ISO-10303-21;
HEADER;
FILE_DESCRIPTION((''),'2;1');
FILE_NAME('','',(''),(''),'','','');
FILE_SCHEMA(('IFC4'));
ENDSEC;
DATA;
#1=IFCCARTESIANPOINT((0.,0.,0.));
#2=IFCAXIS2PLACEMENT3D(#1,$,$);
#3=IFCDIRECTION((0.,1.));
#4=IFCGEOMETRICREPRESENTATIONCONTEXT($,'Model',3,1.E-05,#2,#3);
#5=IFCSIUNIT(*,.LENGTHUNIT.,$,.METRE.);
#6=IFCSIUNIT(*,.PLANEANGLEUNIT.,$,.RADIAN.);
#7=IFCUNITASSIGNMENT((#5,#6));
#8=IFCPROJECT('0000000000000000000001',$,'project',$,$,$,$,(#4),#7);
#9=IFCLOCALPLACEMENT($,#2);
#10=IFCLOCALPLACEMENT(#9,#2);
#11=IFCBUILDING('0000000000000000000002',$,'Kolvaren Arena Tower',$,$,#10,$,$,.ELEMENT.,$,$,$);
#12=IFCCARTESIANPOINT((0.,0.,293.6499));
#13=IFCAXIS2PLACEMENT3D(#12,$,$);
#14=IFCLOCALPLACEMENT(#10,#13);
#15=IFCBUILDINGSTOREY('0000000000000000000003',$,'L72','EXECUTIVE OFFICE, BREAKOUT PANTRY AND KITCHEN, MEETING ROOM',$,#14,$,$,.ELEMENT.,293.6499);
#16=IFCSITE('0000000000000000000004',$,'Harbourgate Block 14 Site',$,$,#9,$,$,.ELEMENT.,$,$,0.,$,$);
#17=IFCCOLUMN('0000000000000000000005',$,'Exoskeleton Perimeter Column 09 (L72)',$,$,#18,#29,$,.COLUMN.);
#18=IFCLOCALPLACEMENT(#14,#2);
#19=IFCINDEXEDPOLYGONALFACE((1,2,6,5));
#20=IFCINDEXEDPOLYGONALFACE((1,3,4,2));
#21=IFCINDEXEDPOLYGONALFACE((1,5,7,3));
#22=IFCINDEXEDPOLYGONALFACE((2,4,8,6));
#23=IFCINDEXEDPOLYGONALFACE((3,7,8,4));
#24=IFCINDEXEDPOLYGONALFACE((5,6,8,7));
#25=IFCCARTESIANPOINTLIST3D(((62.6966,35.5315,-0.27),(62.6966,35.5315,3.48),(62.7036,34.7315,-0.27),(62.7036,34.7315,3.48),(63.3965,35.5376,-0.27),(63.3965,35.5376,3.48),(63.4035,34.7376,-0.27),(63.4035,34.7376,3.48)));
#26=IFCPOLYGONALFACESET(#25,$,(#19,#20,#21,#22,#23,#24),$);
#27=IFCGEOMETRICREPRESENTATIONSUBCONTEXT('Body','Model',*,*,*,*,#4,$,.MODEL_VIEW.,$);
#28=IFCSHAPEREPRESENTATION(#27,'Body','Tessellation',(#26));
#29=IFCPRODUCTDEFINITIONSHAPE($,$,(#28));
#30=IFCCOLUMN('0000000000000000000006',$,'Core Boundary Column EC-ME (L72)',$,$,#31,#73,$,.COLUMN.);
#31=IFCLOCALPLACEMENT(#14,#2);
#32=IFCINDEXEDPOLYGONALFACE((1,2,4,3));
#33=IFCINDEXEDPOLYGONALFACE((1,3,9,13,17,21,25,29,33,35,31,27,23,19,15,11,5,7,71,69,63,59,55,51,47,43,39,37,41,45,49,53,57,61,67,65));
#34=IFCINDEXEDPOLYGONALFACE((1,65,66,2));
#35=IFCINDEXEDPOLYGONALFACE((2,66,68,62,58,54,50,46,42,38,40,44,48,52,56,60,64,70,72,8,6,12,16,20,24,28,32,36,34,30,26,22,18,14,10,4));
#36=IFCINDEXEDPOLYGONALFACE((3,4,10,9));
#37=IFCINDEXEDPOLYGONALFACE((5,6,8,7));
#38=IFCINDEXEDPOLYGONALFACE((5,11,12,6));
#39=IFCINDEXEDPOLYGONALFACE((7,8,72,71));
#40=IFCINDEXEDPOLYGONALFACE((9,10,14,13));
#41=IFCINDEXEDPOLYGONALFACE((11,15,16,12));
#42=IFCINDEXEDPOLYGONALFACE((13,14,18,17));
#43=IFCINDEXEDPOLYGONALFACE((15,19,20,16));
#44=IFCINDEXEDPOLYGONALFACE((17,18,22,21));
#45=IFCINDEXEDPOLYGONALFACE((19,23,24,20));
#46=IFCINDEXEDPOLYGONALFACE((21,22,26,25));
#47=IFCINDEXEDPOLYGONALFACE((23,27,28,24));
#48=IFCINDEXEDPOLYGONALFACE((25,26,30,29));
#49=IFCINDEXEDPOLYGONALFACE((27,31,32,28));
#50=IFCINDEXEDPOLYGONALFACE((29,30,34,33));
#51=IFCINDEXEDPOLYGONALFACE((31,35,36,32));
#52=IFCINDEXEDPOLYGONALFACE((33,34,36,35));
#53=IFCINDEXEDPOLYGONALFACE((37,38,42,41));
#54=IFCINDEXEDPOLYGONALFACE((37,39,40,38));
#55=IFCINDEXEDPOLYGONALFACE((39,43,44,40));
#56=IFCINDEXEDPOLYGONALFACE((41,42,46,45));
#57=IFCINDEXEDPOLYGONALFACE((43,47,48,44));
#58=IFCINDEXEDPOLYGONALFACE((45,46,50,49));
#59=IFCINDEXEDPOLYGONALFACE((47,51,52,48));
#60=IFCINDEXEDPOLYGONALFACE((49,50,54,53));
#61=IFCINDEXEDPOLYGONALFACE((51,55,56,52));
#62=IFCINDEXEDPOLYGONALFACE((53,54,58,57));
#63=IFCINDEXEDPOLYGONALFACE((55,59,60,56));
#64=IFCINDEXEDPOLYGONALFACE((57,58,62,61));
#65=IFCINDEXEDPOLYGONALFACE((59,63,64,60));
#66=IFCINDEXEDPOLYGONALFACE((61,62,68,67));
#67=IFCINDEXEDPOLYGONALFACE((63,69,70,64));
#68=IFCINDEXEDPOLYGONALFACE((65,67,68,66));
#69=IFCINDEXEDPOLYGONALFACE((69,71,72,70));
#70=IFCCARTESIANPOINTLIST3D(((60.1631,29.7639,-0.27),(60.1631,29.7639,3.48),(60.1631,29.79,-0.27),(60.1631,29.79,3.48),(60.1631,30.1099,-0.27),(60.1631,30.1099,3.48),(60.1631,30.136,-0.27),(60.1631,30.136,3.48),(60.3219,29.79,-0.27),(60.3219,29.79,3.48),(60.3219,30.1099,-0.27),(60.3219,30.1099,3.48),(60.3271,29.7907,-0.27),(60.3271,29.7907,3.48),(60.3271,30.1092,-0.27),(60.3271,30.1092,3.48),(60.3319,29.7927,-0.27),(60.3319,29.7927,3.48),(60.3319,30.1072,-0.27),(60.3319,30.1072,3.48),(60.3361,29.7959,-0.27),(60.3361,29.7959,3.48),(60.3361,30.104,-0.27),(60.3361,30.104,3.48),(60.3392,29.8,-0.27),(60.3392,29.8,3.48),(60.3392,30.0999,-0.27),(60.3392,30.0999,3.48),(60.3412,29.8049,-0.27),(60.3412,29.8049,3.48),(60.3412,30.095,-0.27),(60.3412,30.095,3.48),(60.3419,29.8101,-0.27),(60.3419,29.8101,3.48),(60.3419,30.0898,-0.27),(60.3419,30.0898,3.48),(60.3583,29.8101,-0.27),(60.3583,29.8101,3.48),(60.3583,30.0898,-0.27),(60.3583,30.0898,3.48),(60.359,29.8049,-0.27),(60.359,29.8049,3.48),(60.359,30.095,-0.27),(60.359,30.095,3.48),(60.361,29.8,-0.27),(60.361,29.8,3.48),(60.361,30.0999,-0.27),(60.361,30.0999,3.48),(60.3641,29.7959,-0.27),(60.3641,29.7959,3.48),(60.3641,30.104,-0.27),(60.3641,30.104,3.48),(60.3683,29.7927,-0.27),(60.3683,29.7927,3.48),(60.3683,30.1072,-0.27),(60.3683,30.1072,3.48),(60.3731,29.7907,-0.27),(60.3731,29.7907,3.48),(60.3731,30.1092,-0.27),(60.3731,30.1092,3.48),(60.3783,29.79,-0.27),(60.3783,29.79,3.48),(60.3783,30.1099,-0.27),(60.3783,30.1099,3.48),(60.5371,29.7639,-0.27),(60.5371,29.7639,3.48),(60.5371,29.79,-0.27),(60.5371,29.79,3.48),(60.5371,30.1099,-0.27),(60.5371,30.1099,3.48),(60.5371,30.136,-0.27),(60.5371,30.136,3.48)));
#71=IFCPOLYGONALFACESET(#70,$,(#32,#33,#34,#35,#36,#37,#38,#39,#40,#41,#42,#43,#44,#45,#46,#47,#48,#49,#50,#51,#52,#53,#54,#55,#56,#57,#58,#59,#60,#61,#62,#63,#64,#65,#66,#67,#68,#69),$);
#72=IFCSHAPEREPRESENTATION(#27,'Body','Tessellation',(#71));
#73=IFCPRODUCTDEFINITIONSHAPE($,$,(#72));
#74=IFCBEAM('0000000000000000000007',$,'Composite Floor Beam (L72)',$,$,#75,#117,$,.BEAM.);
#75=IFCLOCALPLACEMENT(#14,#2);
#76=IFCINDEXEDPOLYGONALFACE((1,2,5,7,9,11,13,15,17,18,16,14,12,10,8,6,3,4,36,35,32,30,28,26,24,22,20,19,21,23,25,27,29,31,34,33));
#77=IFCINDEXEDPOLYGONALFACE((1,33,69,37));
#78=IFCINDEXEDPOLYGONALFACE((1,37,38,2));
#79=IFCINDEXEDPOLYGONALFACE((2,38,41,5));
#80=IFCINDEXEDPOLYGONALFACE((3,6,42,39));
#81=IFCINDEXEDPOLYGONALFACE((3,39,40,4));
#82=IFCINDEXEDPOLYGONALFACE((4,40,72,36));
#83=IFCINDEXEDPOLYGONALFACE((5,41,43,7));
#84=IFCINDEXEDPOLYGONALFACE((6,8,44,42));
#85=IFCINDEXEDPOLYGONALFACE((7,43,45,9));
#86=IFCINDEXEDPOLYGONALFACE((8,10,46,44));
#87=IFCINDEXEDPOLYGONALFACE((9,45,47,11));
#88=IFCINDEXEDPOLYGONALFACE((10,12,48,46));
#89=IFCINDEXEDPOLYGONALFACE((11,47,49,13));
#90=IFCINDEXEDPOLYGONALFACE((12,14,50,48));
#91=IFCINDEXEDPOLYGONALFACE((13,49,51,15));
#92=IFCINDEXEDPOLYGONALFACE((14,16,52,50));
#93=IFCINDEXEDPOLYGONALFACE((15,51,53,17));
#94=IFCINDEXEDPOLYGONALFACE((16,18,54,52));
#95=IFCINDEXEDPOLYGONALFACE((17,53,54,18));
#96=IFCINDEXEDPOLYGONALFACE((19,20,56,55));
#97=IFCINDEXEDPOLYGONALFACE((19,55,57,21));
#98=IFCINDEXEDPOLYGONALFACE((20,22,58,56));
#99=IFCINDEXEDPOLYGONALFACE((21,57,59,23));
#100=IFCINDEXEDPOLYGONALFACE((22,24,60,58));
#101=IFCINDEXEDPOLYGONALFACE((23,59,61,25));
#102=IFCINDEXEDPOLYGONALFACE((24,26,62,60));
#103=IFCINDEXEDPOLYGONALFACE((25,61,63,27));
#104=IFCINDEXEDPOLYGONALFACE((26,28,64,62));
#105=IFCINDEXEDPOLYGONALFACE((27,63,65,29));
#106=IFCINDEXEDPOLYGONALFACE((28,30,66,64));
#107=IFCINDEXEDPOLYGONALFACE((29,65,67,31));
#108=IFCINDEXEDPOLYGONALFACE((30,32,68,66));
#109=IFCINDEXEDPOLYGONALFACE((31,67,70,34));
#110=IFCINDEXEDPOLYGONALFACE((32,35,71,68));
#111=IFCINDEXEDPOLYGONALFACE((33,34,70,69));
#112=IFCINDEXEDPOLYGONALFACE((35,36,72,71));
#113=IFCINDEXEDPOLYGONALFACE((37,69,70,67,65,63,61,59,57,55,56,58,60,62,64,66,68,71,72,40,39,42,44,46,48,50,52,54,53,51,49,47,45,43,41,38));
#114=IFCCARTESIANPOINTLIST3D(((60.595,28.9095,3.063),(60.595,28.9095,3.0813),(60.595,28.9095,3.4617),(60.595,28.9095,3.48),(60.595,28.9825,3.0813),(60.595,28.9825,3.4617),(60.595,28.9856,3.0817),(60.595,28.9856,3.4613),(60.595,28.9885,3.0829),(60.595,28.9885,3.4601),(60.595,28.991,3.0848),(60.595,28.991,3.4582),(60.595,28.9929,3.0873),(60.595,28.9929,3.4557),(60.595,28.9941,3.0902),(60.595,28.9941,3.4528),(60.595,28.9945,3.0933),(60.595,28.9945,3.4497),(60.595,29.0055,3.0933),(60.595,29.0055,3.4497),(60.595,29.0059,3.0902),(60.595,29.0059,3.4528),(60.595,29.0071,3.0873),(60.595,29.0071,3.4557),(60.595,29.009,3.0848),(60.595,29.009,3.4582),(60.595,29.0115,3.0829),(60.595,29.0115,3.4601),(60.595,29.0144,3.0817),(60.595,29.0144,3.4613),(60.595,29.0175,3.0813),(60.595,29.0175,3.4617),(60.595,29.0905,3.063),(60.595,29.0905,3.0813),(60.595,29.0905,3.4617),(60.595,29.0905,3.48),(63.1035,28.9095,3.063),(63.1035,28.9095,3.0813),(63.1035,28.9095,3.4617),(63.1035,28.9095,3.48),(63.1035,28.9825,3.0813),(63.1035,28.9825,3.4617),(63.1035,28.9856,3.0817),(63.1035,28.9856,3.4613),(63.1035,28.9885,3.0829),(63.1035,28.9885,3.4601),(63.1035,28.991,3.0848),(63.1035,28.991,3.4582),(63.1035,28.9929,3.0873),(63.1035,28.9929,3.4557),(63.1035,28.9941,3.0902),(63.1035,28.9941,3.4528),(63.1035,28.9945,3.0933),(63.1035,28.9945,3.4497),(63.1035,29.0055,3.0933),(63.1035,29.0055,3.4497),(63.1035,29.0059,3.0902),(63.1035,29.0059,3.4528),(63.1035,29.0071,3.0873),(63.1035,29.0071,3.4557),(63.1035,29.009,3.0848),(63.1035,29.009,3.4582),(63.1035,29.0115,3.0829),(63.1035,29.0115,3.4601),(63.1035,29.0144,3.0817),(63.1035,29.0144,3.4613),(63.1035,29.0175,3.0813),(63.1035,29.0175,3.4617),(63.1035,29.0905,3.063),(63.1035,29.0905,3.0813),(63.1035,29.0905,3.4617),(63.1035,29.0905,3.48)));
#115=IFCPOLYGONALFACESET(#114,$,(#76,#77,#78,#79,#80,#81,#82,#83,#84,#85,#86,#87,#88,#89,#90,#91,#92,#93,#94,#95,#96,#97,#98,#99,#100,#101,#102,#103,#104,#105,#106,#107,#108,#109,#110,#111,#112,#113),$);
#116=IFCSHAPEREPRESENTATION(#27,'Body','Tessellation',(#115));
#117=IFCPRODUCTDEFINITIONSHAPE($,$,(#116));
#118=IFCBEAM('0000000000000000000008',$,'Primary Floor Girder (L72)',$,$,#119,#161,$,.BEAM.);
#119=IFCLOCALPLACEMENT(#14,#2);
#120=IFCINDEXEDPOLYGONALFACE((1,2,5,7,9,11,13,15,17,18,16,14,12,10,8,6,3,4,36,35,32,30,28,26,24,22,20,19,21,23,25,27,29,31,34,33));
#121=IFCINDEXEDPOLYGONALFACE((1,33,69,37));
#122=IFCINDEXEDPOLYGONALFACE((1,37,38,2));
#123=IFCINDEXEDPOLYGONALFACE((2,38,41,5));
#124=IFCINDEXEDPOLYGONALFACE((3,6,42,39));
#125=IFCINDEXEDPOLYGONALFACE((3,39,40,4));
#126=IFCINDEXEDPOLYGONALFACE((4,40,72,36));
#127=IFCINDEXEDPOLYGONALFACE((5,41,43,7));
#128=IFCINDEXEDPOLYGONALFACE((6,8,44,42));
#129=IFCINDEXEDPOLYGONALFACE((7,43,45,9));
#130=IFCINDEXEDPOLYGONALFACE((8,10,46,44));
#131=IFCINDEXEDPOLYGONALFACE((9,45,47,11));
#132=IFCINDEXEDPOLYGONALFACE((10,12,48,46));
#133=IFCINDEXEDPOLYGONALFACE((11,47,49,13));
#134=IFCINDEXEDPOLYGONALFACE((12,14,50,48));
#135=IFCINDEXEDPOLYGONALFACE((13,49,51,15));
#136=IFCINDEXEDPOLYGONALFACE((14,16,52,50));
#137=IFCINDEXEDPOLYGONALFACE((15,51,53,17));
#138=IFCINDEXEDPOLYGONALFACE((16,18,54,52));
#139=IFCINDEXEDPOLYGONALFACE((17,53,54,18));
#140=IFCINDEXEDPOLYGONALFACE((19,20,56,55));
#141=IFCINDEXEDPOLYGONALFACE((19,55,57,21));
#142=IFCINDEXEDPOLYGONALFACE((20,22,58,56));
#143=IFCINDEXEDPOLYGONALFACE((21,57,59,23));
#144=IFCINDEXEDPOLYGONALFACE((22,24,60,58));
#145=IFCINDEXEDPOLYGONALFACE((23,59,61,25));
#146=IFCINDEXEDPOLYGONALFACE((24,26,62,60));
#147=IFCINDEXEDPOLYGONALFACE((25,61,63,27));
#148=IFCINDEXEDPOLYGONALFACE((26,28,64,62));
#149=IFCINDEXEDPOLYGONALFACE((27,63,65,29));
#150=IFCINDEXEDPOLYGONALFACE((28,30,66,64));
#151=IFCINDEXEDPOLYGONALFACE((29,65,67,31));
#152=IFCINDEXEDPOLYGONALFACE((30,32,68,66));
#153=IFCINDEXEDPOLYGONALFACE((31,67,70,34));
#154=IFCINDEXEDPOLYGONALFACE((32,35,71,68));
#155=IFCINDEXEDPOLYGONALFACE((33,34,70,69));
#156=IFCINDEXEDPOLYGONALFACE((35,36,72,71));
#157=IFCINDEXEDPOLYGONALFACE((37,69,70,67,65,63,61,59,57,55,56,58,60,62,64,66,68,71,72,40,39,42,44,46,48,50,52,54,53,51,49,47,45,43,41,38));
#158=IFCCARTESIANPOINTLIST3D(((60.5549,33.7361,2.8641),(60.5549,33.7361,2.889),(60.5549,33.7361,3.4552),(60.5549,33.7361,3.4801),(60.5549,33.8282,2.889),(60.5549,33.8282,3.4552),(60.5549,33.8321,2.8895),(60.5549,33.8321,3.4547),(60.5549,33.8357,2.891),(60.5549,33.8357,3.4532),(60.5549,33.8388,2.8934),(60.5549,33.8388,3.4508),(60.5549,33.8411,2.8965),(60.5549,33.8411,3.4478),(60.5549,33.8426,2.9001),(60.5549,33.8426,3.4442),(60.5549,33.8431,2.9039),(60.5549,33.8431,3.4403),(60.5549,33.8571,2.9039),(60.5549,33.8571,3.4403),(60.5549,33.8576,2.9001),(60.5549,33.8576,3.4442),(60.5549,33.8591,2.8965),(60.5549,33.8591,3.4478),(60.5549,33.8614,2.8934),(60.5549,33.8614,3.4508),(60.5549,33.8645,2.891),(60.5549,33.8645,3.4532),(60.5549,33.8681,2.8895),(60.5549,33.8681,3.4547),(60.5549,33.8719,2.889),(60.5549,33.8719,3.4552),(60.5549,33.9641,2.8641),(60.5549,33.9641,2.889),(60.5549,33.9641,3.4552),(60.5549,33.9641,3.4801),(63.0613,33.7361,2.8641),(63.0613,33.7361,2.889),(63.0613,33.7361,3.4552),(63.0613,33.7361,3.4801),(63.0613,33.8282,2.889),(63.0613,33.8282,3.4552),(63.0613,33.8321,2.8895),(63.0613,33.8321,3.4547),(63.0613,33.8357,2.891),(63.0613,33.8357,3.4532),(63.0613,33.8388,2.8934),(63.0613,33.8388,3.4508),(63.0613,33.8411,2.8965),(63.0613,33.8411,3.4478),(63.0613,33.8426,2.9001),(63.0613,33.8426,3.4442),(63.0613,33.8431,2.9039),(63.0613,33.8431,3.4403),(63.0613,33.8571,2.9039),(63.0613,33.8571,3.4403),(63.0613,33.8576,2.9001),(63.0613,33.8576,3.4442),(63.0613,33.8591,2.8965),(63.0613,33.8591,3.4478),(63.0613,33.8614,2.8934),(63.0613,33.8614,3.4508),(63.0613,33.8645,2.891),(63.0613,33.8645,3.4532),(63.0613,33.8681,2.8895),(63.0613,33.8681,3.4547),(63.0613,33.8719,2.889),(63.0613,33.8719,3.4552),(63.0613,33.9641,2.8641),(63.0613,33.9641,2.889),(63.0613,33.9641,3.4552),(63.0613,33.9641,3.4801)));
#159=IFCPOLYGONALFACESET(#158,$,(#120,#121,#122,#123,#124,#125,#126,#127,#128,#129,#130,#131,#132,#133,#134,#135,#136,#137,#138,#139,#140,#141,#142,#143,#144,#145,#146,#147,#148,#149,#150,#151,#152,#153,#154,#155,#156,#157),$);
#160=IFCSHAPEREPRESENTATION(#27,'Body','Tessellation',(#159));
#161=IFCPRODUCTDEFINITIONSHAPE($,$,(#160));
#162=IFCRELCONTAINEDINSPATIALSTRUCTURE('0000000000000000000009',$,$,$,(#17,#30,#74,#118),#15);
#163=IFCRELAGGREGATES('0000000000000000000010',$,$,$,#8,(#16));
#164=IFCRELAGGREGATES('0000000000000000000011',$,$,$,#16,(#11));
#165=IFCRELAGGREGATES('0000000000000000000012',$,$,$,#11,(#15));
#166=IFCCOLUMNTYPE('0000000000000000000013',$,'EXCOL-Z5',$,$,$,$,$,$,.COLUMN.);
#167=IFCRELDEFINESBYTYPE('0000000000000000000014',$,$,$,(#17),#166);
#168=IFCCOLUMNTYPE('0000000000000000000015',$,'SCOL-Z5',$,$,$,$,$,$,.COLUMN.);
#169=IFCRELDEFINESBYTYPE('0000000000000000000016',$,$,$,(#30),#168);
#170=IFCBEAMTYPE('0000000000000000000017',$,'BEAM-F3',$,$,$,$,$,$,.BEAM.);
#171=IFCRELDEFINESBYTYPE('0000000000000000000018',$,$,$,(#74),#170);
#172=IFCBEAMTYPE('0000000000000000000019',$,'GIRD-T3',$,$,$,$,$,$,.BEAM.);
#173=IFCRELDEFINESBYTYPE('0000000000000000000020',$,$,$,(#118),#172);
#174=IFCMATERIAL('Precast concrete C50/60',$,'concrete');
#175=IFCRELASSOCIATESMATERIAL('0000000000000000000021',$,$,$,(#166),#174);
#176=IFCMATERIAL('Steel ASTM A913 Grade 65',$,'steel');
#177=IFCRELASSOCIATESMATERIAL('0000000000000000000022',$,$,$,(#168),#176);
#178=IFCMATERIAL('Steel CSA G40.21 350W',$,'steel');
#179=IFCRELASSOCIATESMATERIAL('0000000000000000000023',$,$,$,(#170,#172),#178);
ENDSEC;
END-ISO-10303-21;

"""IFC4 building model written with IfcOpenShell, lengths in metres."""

from ifc_helpers import new_model, si_unit, direction, frame, origin, origin_2d, place, context, subcontext, project, spatial, rectangle, i_section, extrude, material, material_profile, profile_set, type_object, element, save


model = new_model("IFC4")

# Units and contexts
model_context = context("Model", 3, precision=1e-05, world=origin(), true_north=direction((0.0, 1.0)))
body_context = subcontext(model_context, "Body", "Model", "MODEL_VIEW")
ifc_project = project(units=[si_unit("LENGTHUNIT", "METRE"), si_unit("PLANEANGLEUNIT", "RADIAN")], contexts=[model_context])

# Site, building, storey
site_placement = place(None, origin())
site = spatial("IfcSite", under=ifc_project, at=site_placement, Name="Harbourgate Block 14 Site", CompositionType="ELEMENT", RefElevation=0.0)
building_placement = place(site_placement, origin())
building = spatial("IfcBuilding", under=site, at=building_placement, Name="Kolvaren Arena Tower", CompositionType="ELEMENT")
storey_placement = place(building_placement, frame((0.0, 0.0, 293.6499)))
storey = spatial("IfcBuildingStorey", under=building, at=storey_placement, Name="L72", Description="EXECUTIVE OFFICE, BREAKOUT PANTRY AND KITCHEN, MEETING ROOM", CompositionType="ELEMENT", Elevation=293.6499)

# Columns
ifc_material_1 = material(Name="Precast concrete C50/60", Category="concrete")
ifc_material_profile_1 = material_profile(ifc_material_1, rectangle(XDim=0.8, YDim=0.7, at=origin_2d()), Name="RC-800x700")
ifc_profile_set_1 = profile_set([ifc_material_profile_1], Name="Precast concrete C50/60")
column_type_1 = type_object("IfcColumnType", Name="EXCOL-Z5", PredefinedType="COLUMN", material=ifc_profile_set_1)
column_1_placement = place(storey_placement, frame((63.05, 35.1345, -0.27), z_axis=(0.0, 0.0, 1.0), x_axis=(-0.008727, 0.999962, 0.0)))
element("IfcColumn", 1, at=column_1_placement, inside=storey, type_object=column_type_1, Name="Exoskeleton Perimeter Column 09 (L72)", PredefinedType="COLUMN", context=body_context, shape_type="SweptSolid", body=[
    extrude(rectangle(XDim=0.8, YDim=0.7, at=origin_2d()), origin(), (0.0, 0.0, 1.0), 3.75),
])
ifc_material_2 = material(Name="Steel ASTM A913 Grade 65", Category="steel")
ifc_material_profile_2 = material_profile(ifc_material_2, i_section(OverallWidth=0.374, OverallDepth=0.3721, WebThickness=0.0164, FlangeThickness=0.0261, FilletRadius=0.02, at=origin_2d()), Name="W360x196")
ifc_profile_set_2 = profile_set([ifc_material_profile_2], Name="Steel ASTM A913 Grade 65")
column_type_2 = type_object("IfcColumnType", Name="SCOL-Z5", PredefinedType="COLUMN", material=ifc_profile_set_2)
column_2_placement = place(storey_placement, frame((60.3501, 29.95, -0.27), z_axis=(0.0, 0.0, 1.0), x_axis=(1.0, 0.0, 0.0)))
element("IfcColumn", 2, at=column_2_placement, inside=storey, type_object=column_type_2, Name="Core Boundary Column EC-ME (L72)", PredefinedType="COLUMN", context=body_context, shape_type="SweptSolid", body=[
    extrude(i_section(OverallWidth=0.374, OverallDepth=0.3721, WebThickness=0.0164, FlangeThickness=0.0261, FilletRadius=0.02, at=origin_2d()), origin(), (0.0, 0.0, 1.0), 3.75),
])

# Beams
ifc_material_3 = material(Name="Steel CSA G40.21 350W", Category="steel")
ifc_material_profile_3 = material_profile(ifc_material_3, i_section(OverallWidth=0.1809, OverallDepth=0.417, WebThickness=0.011, FlangeThickness=0.0183, FilletRadius=0.012, at=origin_2d()), Name="W410x85")
ifc_profile_set_3 = profile_set([ifc_material_profile_3], Name="Steel CSA G40.21 350W")
beam_type_1 = type_object("IfcBeamType", Name="BEAM-F3", PredefinedType="BEAM", material=ifc_profile_set_3)
beam_1_placement = place(storey_placement, frame((60.595, 29.0, 3.2715), z_axis=(1.0, 0.0, 0.0), x_axis=(0.0, 1.0, 0.0)))
element("IfcBeam", 3, at=beam_1_placement, inside=storey, type_object=beam_type_1, Name="Composite Floor Beam (L72)", PredefinedType="BEAM", context=body_context, shape_type="SweptSolid", body=[
    extrude(i_section(OverallWidth=0.1809, OverallDepth=0.417, WebThickness=0.011, FlangeThickness=0.0183, FilletRadius=0.012, at=origin_2d()), origin(), (0.0, 0.0, 1.0), 2.5085),
])
ifc_material_profile_4 = material_profile(ifc_material_3, i_section(OverallWidth=0.228, OverallDepth=0.616, WebThickness=0.0139, FlangeThickness=0.0249, FilletRadius=0.0149, at=origin_2d()), Name="W610x174")
ifc_profile_set_4 = profile_set([ifc_material_profile_4], Name="Steel CSA G40.21 350W")
beam_type_2 = type_object("IfcBeamType", Name="GIRD-T3", PredefinedType="BEAM", material=ifc_profile_set_4)
beam_2_placement = place(storey_placement, frame((60.5549, 33.8501, 3.1721), z_axis=(1.0, 0.0, 0.0), x_axis=(0.0, 1.0, 0.0)))
element("IfcBeam", 4, at=beam_2_placement, inside=storey, type_object=beam_type_2, Name="Primary Floor Girder (L72)", PredefinedType="BEAM", context=body_context, shape_type="SweptSolid", body=[
    extrude(i_section(OverallWidth=0.228, OverallDepth=0.616, WebThickness=0.0139, FlangeThickness=0.0249, FilletRadius=0.0149, at=origin_2d()), origin(), (0.0, 0.0, 1.0), 2.5063),
])

save(model, "model.ifc")
